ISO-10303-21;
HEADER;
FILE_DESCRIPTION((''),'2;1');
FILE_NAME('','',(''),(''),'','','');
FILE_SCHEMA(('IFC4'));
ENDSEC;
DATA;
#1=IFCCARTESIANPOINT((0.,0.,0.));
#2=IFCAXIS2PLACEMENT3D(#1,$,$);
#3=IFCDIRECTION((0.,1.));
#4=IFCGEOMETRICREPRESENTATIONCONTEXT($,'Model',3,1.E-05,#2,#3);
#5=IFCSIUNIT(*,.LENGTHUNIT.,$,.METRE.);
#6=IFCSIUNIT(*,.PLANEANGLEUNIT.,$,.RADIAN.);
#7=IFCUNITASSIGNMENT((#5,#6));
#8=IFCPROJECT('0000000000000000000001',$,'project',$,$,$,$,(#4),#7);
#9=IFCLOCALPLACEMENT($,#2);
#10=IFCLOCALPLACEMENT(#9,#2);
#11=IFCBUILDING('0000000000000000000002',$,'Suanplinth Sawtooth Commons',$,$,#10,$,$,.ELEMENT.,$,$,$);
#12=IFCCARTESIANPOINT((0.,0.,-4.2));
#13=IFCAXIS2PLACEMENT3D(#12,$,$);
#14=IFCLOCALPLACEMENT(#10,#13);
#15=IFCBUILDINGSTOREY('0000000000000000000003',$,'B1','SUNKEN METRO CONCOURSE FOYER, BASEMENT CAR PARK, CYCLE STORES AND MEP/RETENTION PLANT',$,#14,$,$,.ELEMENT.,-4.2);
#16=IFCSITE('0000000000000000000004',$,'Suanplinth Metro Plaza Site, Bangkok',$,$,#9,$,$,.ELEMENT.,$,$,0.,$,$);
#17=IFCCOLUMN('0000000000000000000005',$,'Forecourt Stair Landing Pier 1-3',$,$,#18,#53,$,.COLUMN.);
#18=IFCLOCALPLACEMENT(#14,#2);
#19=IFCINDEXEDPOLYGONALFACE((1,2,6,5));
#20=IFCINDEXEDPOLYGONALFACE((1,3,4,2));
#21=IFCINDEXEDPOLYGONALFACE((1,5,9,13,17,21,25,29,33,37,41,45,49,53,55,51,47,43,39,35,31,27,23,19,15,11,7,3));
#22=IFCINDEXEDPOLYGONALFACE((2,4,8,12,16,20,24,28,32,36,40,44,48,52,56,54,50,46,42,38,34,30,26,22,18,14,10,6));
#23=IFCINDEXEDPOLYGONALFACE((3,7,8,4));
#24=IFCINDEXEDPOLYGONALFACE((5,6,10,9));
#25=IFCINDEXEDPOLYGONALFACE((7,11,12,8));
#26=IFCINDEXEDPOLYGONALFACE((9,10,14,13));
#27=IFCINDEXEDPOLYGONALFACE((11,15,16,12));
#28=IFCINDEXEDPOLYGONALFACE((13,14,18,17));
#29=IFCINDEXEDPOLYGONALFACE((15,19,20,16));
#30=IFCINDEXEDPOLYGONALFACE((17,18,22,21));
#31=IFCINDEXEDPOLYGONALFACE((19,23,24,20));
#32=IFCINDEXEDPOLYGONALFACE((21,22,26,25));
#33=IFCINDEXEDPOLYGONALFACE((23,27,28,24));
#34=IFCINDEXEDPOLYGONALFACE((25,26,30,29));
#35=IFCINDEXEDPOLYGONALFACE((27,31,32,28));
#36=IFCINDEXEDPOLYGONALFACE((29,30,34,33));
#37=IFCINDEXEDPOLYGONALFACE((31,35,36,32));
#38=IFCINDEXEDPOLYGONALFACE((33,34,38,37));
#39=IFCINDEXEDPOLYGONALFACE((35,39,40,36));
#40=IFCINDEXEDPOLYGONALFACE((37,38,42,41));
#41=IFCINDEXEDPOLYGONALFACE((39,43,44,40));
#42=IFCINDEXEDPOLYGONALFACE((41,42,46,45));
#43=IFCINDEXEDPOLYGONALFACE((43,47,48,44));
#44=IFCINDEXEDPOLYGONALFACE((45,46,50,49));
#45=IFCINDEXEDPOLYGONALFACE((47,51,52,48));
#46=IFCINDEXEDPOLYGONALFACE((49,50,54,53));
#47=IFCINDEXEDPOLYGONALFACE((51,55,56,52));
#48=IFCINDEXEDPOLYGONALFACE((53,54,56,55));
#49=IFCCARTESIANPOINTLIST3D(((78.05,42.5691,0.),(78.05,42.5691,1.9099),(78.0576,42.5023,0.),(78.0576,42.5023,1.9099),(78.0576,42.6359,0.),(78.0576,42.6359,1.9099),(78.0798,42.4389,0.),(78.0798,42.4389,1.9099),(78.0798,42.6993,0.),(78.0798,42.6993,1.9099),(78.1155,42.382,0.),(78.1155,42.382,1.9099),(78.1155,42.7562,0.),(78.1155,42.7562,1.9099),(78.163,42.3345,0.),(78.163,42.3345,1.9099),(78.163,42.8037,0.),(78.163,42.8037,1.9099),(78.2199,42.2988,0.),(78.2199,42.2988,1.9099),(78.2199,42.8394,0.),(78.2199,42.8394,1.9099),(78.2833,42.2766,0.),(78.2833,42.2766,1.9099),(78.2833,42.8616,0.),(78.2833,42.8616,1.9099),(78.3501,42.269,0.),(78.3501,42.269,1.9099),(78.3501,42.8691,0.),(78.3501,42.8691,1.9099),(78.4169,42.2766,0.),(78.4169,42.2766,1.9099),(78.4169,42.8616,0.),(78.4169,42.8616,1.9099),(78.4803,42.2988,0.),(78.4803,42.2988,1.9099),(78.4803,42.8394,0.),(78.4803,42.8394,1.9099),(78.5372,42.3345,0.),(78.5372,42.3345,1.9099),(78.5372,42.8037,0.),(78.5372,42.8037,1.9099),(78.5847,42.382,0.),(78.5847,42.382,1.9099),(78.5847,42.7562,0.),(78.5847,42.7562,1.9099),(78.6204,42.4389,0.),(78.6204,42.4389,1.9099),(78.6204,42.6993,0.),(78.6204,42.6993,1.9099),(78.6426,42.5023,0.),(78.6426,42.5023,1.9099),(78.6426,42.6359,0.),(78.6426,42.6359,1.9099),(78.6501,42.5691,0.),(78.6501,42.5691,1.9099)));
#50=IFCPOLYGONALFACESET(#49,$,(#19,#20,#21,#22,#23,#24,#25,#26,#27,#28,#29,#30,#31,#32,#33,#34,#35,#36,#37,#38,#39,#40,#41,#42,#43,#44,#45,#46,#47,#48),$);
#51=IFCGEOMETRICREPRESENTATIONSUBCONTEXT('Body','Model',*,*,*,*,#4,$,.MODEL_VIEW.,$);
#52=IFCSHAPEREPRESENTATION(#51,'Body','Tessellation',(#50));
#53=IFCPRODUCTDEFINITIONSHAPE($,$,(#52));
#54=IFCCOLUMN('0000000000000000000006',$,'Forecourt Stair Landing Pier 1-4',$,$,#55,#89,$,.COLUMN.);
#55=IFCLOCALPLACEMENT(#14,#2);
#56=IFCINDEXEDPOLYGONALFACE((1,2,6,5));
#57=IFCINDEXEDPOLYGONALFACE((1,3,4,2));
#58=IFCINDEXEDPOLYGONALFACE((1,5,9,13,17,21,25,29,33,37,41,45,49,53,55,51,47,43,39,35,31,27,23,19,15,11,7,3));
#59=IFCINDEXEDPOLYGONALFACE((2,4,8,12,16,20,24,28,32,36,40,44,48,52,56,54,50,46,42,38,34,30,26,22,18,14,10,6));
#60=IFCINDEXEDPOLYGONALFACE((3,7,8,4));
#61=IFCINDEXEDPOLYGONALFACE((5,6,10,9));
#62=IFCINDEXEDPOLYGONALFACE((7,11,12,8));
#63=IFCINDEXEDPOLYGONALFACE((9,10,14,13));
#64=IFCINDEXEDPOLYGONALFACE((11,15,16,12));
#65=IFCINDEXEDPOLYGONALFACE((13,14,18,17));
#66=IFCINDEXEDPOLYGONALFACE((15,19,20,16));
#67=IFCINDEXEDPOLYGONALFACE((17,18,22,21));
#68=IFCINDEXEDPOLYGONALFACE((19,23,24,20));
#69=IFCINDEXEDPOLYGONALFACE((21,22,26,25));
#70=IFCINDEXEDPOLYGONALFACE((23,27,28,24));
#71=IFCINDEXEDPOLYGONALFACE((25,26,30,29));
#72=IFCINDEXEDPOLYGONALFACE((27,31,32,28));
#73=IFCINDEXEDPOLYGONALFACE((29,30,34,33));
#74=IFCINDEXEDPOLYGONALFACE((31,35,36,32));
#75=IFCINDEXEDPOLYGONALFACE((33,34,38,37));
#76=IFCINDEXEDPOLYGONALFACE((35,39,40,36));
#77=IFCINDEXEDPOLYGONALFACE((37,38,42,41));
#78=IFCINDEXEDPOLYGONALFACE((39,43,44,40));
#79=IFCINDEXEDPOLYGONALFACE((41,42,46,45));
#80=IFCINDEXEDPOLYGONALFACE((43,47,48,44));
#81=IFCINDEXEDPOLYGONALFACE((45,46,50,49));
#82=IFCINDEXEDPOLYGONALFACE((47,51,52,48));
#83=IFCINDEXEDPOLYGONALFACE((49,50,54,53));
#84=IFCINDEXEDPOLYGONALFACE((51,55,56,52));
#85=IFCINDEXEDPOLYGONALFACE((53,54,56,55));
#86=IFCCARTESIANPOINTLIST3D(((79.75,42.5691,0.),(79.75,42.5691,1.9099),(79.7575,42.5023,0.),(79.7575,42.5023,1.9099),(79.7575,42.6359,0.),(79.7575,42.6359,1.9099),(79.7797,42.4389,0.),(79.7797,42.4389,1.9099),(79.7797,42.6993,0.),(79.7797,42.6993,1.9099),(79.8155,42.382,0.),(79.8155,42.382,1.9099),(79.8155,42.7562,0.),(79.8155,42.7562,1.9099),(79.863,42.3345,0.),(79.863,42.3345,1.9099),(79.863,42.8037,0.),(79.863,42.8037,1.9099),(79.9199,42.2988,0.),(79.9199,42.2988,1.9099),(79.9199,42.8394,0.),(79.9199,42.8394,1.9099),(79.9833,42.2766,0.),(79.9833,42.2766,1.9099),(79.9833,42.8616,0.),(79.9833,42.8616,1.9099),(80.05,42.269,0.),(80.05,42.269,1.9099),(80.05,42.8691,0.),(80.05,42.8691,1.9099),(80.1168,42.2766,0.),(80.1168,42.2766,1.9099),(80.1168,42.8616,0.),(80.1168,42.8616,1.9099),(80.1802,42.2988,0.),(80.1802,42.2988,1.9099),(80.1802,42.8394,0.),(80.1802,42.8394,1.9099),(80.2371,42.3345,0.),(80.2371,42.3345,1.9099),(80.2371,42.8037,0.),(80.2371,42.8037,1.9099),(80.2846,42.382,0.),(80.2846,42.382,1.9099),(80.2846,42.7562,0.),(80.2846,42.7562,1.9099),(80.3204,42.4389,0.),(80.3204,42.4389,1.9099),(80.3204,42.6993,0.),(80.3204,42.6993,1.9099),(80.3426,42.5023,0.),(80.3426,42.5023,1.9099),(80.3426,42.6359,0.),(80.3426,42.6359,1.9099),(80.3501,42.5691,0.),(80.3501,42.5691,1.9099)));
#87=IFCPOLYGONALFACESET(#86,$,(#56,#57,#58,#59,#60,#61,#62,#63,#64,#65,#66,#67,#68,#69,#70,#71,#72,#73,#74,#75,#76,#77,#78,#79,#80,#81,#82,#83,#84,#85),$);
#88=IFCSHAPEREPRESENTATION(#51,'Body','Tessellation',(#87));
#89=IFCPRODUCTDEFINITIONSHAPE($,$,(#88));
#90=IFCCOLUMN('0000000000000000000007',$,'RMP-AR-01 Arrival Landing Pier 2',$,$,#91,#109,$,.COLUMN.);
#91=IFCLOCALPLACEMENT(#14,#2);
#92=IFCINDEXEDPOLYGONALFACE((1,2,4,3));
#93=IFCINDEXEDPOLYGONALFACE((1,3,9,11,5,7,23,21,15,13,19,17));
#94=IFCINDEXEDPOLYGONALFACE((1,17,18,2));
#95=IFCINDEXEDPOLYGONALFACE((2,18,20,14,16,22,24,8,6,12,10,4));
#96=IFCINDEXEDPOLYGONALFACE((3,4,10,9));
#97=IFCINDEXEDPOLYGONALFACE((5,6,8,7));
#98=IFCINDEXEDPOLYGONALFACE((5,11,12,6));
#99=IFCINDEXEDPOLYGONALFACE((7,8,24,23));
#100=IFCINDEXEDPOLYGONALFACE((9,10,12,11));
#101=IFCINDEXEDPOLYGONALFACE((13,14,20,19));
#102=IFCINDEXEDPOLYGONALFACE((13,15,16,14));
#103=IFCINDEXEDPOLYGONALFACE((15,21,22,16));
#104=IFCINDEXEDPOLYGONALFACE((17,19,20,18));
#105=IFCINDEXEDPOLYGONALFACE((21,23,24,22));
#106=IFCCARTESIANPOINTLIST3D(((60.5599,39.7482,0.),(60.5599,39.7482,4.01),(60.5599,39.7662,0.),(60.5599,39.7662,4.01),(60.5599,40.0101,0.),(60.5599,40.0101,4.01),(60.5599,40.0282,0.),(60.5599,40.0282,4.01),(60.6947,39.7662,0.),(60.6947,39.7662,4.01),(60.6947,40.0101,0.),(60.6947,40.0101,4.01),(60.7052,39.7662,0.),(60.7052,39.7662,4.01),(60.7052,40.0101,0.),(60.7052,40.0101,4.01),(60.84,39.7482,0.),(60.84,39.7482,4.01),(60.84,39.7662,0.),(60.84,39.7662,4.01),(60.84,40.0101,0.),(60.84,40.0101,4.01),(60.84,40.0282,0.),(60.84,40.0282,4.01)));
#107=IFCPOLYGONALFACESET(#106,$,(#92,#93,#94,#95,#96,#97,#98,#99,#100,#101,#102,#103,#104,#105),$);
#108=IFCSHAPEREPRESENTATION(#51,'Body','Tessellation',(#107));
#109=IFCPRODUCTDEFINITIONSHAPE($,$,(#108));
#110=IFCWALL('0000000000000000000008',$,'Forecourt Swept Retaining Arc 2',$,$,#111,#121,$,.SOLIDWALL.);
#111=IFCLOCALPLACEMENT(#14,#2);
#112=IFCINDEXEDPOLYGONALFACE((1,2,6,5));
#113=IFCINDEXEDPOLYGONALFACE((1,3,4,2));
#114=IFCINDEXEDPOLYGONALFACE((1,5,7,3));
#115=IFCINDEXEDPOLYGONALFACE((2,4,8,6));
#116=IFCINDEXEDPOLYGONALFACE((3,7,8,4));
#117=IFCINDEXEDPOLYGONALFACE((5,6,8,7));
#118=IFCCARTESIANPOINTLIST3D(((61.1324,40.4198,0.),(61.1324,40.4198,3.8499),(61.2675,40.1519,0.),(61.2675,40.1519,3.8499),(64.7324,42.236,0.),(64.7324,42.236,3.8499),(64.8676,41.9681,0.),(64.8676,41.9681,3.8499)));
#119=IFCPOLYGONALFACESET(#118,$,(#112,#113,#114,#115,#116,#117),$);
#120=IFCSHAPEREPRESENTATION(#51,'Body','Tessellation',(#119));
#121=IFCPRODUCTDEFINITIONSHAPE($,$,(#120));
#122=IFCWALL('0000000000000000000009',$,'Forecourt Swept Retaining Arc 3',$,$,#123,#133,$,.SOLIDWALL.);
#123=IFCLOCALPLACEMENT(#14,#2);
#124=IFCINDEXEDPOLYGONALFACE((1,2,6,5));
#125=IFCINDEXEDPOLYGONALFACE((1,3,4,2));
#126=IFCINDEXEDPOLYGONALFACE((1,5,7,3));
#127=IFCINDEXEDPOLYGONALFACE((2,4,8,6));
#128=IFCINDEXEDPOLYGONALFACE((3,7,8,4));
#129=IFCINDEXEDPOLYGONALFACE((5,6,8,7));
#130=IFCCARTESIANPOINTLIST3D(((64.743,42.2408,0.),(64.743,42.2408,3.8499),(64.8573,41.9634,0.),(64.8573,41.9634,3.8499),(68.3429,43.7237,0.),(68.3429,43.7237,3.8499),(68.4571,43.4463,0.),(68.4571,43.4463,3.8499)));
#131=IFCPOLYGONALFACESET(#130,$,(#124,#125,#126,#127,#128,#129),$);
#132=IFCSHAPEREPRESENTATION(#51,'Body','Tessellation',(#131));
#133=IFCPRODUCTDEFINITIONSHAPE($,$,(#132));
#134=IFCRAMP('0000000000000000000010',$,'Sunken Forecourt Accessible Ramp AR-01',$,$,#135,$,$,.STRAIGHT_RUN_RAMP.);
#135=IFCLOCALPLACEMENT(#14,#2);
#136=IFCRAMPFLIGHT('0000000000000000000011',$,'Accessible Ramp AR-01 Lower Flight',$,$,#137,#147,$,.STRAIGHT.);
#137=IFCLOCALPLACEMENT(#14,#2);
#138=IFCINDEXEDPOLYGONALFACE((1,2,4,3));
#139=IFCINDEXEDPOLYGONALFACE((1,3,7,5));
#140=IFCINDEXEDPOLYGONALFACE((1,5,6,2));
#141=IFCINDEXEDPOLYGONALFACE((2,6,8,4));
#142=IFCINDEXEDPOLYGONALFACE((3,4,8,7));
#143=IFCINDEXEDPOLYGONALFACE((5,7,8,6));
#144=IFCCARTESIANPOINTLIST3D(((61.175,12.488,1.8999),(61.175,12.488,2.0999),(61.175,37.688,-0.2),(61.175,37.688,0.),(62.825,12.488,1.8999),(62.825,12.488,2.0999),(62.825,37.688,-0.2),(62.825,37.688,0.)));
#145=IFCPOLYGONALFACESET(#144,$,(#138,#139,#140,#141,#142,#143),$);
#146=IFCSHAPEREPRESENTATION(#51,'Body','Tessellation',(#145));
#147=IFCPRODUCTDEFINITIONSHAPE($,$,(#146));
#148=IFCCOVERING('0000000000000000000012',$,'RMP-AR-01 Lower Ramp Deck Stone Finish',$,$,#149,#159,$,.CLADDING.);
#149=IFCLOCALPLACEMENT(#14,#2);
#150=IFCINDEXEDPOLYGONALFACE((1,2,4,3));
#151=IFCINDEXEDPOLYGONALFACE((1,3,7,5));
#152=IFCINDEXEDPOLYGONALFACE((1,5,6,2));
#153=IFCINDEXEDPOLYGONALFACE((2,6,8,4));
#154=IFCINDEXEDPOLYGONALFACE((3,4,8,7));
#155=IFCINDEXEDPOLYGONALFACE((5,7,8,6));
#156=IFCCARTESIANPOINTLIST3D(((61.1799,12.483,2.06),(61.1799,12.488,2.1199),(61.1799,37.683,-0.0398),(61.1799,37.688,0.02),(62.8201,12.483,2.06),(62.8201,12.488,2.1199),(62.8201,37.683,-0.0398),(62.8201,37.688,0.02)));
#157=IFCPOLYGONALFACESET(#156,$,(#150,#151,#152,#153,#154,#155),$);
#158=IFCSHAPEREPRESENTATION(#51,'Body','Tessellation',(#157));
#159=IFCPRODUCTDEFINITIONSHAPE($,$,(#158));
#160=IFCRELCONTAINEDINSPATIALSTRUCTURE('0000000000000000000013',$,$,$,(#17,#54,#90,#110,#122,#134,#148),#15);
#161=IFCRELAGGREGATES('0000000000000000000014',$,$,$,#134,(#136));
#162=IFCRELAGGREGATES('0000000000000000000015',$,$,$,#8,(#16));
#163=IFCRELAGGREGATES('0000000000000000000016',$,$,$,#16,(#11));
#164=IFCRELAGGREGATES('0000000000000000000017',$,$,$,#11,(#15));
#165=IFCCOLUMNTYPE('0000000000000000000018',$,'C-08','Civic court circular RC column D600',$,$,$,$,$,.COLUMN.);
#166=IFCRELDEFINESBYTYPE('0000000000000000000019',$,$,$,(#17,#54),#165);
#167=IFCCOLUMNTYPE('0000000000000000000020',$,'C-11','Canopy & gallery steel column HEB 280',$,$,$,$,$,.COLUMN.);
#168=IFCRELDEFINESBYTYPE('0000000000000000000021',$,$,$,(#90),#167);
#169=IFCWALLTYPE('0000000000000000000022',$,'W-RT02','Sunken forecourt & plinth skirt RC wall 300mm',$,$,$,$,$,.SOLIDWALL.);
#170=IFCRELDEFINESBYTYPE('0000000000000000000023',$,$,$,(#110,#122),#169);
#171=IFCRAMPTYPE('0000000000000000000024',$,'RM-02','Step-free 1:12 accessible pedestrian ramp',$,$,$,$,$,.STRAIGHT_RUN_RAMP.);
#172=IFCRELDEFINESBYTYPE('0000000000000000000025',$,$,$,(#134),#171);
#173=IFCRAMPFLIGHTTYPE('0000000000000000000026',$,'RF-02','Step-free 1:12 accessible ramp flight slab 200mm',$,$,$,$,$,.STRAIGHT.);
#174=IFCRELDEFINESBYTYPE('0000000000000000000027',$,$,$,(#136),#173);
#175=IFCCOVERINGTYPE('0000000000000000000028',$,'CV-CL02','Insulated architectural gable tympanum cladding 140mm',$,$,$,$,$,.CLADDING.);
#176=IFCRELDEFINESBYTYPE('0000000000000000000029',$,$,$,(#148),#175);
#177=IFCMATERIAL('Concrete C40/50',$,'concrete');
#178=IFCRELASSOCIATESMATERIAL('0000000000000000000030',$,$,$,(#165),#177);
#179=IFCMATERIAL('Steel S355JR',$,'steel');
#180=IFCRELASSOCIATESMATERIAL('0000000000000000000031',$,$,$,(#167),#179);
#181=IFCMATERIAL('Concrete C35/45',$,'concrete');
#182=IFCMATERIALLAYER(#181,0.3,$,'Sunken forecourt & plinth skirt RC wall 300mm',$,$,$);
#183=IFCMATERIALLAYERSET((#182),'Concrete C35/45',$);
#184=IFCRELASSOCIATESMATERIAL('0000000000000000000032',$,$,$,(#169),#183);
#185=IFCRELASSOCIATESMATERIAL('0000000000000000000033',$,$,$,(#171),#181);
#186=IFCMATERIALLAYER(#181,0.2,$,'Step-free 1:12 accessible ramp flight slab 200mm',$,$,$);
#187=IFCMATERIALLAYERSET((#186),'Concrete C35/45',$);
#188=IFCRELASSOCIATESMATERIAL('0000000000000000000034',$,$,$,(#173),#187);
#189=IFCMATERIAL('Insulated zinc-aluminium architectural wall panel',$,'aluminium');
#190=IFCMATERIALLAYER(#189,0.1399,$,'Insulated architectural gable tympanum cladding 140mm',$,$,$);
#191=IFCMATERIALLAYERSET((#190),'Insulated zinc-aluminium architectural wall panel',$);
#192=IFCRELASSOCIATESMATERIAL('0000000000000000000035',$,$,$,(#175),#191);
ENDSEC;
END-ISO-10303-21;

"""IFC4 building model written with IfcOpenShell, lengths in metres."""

from ifc_helpers import new_model, si_unit, direction, frame, frame_2d, origin, origin_2d, place, context, subcontext, project, spatial, polyline, rectangle, circle, i_section, outline, extrude, material, layer, layer_set, material_profile, profile_set, type_object, element, aggregate, save


model = new_model("IFC4")

# Units and contexts
model_context = context("Model", 3, precision=1e-05, world=origin(), true_north=direction((0.0, 1.0)))
body_context = subcontext(model_context, "Body", "Model", "MODEL_VIEW")
ifc_project = project(units=[si_unit("LENGTHUNIT", "METRE"), si_unit("PLANEANGLEUNIT", "RADIAN")], contexts=[model_context])

# Site, building, storey
site_placement = place(None, origin())
site = spatial("IfcSite", under=ifc_project, at=site_placement, Name="Suanplinth Metro Plaza Site, Bangkok", CompositionType="ELEMENT", RefElevation=0.0)
building_placement = place(site_placement, origin())
building = spatial("IfcBuilding", under=site, at=building_placement, Name="Suanplinth Sawtooth Commons", CompositionType="ELEMENT")
storey_placement = place(building_placement, frame((0.0, 0.0, -4.2)))
storey = spatial("IfcBuildingStorey", under=building, at=storey_placement, Name="B1", Description="SUNKEN METRO CONCOURSE FOYER, BASEMENT CAR PARK, CYCLE STORES AND MEP/RETENTION PLANT", CompositionType="ELEMENT", Elevation=-4.2)

# Shared definitions
ifc_material_1 = material(Name="Concrete C35/45", Category="concrete")

# Columns
ifc_material_2 = material(Name="Concrete C40/50", Category="concrete")
ifc_material_profile_1 = material_profile(ifc_material_2, circle(Radius=0.3, at=origin_2d()), Name="RC-CIRC D600")
ifc_profile_set_1 = profile_set([ifc_material_profile_1], Name="Concrete C40/50")
column_type_1 = type_object("IfcColumnType", Name="C-08", Description="Civic court circular RC column D600", PredefinedType="COLUMN", material=ifc_profile_set_1)
for number, where, z_axis, x_axis, name in (
    (1, (78.3501, 42.5691, 0.0), (0.0, 0.0, 1.0), (1.0, 0.0, 0.0), "Forecourt Stair Landing Pier 1-3"),
    (2, (80.05, 42.5691, 0.0), (0.0, 0.0, 1.0), (1.0, 0.0, 0.0), "Forecourt Stair Landing Pier 1-4"),
):
    element("IfcColumn", number, at=place(storey_placement, frame(where, z_axis=z_axis, x_axis=x_axis)), inside=storey, type_object=column_type_1, Name=name, PredefinedType="COLUMN", context=body_context, shape_type="SweptSolid", body=[
        extrude(circle(Radius=0.3, at=origin_2d()), origin(), (0.0, 0.0, 1.0), 1.9099),
    ])
ifc_material_3 = material(Name="Steel S355JR", Category="steel")
ifc_material_profile_2 = material_profile(ifc_material_3, i_section(OverallWidth=0.28, OverallDepth=0.28, WebThickness=0.0105, FlangeThickness=0.0181, at=origin_2d()), Name="HEB 280")
ifc_profile_set_2 = profile_set([ifc_material_profile_2], Name="Steel S355JR")
column_type_2 = type_object("IfcColumnType", Name="C-11", Description="Canopy & gallery steel column HEB 280", PredefinedType="COLUMN", material=ifc_profile_set_2)
column_1_placement = place(storey_placement, frame((60.7, 39.8882, 0.0), z_axis=(0.0, 0.0, 1.0), x_axis=(1.0, 0.0, 0.0)))
element("IfcColumn", 3, at=column_1_placement, inside=storey, type_object=column_type_2, Name="RMP-AR-01 Arrival Landing Pier 2", PredefinedType="COLUMN", context=body_context, shape_type="SweptSolid", body=[
    extrude(i_section(OverallWidth=0.28, OverallDepth=0.28, WebThickness=0.0105, FlangeThickness=0.0181, at=origin_2d()), origin(), (0.0, 0.0, 1.0), 4.01),
])

# Walls
ifc_layer_1 = layer(ifc_material_1, 0.3, Name="Sunken forecourt & plinth skirt RC wall 300mm")
ifc_layer_set_1 = layer_set([ifc_layer_1], Name="Concrete C35/45")
wall_type = type_object("IfcWallType", Name="W-RT02", Description="Sunken forecourt & plinth skirt RC wall 300mm", PredefinedType="SOLIDWALL", material=ifc_layer_set_1)
wall_1_placement = place(storey_placement, frame((61.2, 40.2859, 0.0), z_axis=(0.0, 0.0, 1.0), x_axis=(0.892823, 0.450408, 0.0)))
element("IfcWall", 4, at=wall_1_placement, inside=storey, type_object=wall_type, Name="Forecourt Swept Retaining Arc 2", PredefinedType="SOLIDWALL", context=body_context, shape_type="SweptSolid", body=[
    extrude(rectangle(XDim=4.0322, YDim=0.3, at=frame_2d((2.0161, 0.0))), origin(), (0.0, 0.0, 1.0), 3.8499),
])
wall_2_placement = place(storey_placement, frame((64.8, 42.1021, 0.0), z_axis=(0.0, 0.0, 1.0), x_axis=(0.924622, 0.380885, 0.0)))
element("IfcWall", 5, at=wall_2_placement, inside=storey, type_object=wall_type, Name="Forecourt Swept Retaining Arc 3", PredefinedType="SOLIDWALL", context=body_context, shape_type="SweptSolid", body=[
    extrude(rectangle(XDim=3.8933, YDim=0.3, at=frame_2d((1.9468, 0.0))), origin(), (0.0, 0.0, 1.0), 3.8499),
])

# Ramp, ramp flight
ramp_type = type_object("IfcRampType", Name="RM-02", Description="Step-free 1:12 accessible pedestrian ramp", PredefinedType="STRAIGHT_RUN_RAMP", material=ifc_material_1)
ramp_placement = place(storey_placement, origin())
ramp = element("IfcRamp", 6, at=ramp_placement, inside=storey, type_object=ramp_type, Name="Sunken Forecourt Accessible Ramp AR-01", PredefinedType="STRAIGHT_RUN_RAMP")
ifc_layer_2 = layer(ifc_material_1, 0.2, Name="Step-free 1:12 accessible ramp flight slab 200mm")
ifc_layer_set_2 = layer_set([ifc_layer_2], Name="Concrete C35/45")
ramp_flight_type = type_object("IfcRampFlightType", Name="RF-02", Description="Step-free 1:12 accessible ramp flight slab 200mm", PredefinedType="STRAIGHT", material=ifc_layer_set_2)
ramp_flight_placement = place(storey_placement, frame((62.0, 37.688, 0.0), z_axis=(0.0, 0.0, 1.0), x_axis=(0.0, -1.0, 0.0)))
ramp_flight = element("IfcRampFlight", 7, at=ramp_flight_placement, type_object=ramp_flight_type, Name="Accessible Ramp AR-01 Lower Flight", PredefinedType="STRAIGHT", context=body_context, shape_type="SweptSolid", body=[
    extrude(outline(polyline([(0.0, 0.0), (0.0, -0.2), (25.2, 1.8999), (25.2, 2.0999), (0.0, 0.0)])), frame((0.0, 0.825, 0.0), z_axis=(0.0, -1.0, 0.0), x_axis=(1.0, 0.0, 0.0)), (0.0, 0.0, 1.0), 1.6499),
])
aggregate(ramp, [ramp_flight])

# Covering
ifc_material_4 = material(Name="Insulated zinc-aluminium architectural wall panel", Category="aluminium")
ifc_layer_3 = layer(ifc_material_4, 0.1399, Name="Insulated architectural gable tympanum cladding 140mm")
ifc_layer_set_3 = layer_set([ifc_layer_3], Name="Insulated zinc-aluminium architectural wall panel")
covering_type = type_object("IfcCoveringType", Name="CV-CL02", Description="Insulated architectural gable tympanum cladding 140mm", PredefinedType="CLADDING", material=ifc_layer_set_3)
covering_placement = place(storey_placement, frame((61.1799, 37.688, 0.02), z_axis=(0.0, 0.08304, 0.996546), x_axis=(1.0, 0.0, 0.0)))
element("IfcCovering", 8, at=covering_placement, inside=storey, type_object=covering_type, Name="RMP-AR-01 Lower Ramp Deck Stone Finish", PredefinedType="CLADDING", context=body_context, shape_type="SweptSolid", body=[
    extrude(outline(polyline([(0.0, 0.0), (1.6401, 0.0), (1.6401, -25.2873), (0.0, -25.2873), (0.0, 0.0)])), origin(), (0.0, 0.0, -1.0), 0.0601),
])

save(model, "model.ifc")
